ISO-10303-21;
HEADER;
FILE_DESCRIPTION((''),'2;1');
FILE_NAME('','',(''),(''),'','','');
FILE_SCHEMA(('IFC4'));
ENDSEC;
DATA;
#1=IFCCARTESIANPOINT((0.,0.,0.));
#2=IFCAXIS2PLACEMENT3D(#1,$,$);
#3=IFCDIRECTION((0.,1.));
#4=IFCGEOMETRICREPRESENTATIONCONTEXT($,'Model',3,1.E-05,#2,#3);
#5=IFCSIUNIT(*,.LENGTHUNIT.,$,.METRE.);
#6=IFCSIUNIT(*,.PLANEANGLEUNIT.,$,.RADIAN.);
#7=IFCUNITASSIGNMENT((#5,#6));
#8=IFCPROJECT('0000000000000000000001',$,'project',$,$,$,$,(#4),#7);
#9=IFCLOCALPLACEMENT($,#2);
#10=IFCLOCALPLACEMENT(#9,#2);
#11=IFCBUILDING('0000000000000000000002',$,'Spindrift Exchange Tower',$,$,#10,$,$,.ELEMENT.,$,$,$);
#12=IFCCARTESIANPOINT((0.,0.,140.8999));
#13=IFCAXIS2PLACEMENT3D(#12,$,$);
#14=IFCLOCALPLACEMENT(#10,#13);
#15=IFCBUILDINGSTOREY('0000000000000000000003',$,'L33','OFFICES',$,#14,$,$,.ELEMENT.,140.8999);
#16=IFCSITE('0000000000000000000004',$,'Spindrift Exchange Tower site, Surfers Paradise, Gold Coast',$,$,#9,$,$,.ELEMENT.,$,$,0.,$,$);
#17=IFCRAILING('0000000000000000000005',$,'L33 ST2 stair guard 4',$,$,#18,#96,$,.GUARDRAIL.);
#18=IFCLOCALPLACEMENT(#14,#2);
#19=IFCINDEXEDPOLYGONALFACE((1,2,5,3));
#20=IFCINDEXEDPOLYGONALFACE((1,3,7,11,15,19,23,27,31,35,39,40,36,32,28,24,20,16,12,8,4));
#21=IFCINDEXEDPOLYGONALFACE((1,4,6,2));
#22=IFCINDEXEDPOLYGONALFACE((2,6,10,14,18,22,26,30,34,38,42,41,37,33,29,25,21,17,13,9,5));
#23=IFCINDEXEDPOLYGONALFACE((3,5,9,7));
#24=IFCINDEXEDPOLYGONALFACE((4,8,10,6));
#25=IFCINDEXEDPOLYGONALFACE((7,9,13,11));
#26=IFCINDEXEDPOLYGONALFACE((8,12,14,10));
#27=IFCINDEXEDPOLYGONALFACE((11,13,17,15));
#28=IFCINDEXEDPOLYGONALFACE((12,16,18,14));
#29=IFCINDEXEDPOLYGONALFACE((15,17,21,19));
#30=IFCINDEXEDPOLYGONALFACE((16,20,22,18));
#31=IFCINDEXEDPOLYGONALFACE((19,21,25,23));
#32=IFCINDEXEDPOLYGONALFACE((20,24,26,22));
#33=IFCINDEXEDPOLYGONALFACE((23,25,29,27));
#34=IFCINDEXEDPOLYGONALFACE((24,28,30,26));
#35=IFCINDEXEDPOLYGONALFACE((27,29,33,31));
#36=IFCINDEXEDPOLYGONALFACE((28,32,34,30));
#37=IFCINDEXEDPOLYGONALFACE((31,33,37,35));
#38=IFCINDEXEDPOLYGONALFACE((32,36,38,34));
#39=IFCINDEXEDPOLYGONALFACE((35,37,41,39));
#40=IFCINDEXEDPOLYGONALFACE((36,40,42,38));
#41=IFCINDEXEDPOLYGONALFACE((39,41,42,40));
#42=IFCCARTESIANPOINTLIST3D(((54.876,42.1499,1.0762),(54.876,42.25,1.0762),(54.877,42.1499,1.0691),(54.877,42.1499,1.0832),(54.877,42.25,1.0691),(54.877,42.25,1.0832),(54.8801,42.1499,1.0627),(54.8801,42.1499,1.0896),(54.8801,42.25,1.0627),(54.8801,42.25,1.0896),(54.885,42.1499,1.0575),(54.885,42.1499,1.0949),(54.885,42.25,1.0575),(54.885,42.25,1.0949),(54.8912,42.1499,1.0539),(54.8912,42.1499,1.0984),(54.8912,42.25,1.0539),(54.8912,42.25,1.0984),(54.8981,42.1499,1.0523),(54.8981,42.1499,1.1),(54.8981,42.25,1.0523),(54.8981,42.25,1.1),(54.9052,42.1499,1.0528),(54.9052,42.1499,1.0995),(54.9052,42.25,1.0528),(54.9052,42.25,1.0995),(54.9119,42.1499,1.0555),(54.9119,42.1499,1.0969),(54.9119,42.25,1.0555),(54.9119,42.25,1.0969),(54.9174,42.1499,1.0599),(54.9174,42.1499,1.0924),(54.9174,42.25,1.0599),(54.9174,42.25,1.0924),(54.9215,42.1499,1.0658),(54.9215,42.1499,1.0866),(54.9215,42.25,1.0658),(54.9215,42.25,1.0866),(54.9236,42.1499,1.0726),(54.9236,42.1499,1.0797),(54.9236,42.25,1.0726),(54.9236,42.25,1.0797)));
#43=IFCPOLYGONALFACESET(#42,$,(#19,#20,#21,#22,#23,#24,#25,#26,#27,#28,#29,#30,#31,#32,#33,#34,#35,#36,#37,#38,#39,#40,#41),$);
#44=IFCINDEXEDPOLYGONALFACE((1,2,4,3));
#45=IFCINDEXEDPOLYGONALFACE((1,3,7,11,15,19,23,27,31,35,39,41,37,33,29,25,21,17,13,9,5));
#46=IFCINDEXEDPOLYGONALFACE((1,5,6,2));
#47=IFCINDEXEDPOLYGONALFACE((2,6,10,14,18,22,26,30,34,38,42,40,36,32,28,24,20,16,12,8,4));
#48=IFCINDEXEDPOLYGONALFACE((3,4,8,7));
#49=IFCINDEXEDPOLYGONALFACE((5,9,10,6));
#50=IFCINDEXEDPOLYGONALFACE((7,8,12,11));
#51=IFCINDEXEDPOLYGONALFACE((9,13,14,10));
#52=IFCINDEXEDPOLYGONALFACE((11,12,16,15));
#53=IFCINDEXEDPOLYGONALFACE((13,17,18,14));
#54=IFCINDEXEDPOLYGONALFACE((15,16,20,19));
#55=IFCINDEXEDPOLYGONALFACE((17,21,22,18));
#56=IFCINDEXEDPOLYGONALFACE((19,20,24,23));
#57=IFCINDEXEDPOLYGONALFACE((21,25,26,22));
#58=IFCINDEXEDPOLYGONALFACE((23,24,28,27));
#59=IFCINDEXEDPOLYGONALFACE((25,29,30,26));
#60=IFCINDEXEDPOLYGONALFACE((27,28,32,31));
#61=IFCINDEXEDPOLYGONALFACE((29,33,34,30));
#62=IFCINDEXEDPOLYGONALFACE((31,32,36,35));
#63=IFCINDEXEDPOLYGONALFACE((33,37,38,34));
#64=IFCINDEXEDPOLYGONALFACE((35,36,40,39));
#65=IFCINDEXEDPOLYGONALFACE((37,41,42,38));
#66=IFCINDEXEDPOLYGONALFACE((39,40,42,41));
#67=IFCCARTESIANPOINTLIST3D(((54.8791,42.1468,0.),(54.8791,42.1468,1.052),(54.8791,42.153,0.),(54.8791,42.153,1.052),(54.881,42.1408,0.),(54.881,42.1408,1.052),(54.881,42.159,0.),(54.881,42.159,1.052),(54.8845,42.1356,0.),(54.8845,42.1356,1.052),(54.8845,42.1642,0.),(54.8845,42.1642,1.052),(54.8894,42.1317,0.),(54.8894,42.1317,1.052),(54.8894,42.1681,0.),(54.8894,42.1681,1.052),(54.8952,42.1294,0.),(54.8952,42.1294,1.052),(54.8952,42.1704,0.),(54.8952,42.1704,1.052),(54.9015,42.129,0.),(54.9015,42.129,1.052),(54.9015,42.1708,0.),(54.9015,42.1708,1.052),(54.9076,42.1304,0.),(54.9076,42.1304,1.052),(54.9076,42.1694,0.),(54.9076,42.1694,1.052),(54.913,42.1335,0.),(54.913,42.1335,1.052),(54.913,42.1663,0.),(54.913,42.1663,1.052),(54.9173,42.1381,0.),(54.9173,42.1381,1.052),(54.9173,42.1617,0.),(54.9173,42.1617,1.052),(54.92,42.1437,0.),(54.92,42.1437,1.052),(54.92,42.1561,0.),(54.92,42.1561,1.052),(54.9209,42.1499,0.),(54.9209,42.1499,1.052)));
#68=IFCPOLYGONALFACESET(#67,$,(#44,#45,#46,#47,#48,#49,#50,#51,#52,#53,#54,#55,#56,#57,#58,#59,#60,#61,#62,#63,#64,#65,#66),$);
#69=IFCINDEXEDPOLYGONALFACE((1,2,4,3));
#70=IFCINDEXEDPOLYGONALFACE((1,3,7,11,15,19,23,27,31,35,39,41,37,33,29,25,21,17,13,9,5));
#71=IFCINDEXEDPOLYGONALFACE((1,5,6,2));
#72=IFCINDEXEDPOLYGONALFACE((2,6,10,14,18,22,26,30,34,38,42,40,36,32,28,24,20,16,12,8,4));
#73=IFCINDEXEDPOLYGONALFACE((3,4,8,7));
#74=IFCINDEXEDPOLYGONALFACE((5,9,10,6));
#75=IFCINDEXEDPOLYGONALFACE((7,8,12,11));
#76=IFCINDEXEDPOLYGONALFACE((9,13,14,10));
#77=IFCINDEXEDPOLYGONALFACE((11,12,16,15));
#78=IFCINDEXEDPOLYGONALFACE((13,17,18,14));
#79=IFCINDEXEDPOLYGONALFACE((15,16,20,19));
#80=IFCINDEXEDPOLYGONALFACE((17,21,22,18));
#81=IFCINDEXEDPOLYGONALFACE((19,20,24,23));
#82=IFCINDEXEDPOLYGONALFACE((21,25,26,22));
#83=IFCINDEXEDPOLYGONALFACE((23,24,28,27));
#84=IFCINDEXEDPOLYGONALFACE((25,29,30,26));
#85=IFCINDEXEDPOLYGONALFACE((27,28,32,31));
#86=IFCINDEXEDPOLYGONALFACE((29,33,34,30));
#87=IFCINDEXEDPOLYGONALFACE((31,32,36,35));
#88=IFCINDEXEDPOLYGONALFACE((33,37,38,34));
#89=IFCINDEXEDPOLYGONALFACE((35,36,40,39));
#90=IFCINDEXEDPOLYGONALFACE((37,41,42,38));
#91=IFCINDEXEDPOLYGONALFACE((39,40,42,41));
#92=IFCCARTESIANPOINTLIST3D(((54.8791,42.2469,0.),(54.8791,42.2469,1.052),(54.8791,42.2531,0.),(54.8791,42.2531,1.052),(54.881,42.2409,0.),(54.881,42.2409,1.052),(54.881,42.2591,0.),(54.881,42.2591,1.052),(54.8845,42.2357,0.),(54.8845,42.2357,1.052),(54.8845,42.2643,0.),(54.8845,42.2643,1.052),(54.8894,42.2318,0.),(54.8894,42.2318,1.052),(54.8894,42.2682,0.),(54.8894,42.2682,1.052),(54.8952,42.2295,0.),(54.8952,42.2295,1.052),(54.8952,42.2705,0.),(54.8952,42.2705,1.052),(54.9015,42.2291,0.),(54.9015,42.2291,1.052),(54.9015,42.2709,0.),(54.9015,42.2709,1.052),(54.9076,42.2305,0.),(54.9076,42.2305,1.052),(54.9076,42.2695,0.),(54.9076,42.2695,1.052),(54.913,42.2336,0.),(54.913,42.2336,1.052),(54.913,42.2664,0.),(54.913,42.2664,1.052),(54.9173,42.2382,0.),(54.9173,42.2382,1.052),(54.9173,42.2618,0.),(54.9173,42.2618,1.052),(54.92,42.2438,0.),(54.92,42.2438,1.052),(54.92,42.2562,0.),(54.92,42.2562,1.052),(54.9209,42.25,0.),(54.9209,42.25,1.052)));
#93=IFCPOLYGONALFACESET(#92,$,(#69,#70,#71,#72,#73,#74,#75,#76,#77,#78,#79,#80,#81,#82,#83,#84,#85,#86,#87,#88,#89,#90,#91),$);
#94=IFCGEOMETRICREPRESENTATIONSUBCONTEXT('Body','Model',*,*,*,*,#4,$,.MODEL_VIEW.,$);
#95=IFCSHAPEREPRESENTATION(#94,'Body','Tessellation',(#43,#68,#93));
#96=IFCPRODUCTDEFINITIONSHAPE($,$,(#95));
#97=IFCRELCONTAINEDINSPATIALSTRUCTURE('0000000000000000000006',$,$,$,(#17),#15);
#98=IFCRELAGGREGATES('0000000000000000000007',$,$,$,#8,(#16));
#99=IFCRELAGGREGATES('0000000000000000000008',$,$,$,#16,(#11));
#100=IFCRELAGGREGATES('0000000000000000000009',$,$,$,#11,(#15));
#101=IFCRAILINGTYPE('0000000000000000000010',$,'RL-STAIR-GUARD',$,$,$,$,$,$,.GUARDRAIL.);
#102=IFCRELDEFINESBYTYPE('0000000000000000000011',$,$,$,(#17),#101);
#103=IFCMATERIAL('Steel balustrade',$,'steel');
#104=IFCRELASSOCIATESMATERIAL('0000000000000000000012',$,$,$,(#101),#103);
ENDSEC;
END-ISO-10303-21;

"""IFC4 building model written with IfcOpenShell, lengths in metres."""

from ifc_helpers import new_model, si_unit, direction, frame, origin, origin_2d, place, context, subcontext, project, spatial, circle, extrude, material, type_object, element, save


model = new_model("IFC4")

# Units and contexts
model_context = context("Model", 3, precision=1e-05, world=origin(), true_north=direction((0.0, 1.0)))
body_context = subcontext(model_context, "Body", "Model", "MODEL_VIEW")
ifc_project = project(units=[si_unit("LENGTHUNIT", "METRE"), si_unit("PLANEANGLEUNIT", "RADIAN")], contexts=[model_context])

# Site, building, storey
site_placement = place(None, origin())
site = spatial("IfcSite", under=ifc_project, at=site_placement, Name="Spindrift Exchange Tower site, Surfers Paradise, Gold Coast", CompositionType="ELEMENT", RefElevation=0.0)
building_placement = place(site_placement, origin())
building = spatial("IfcBuilding", under=site, at=building_placement, Name="Spindrift Exchange Tower", CompositionType="ELEMENT")
storey_placement = place(building_placement, frame((0.0, 0.0, 140.8999)))
storey = spatial("IfcBuildingStorey", under=building, at=storey_placement, Name="L33", Description="OFFICES", CompositionType="ELEMENT", Elevation=140.8999)

# Railing
ifc_material_1 = material(Name="Steel balustrade", Category="steel")
railing_type_1 = type_object("IfcRailingType", Name="RL-STAIR-GUARD", PredefinedType="GUARDRAIL", material=ifc_material_1)
railing_1_placement = place(storey_placement, frame((54.8999, 42.1499, 0.0)))
element("IfcRailing", 1, at=railing_1_placement, inside=storey, type_object=railing_type_1, Name="L33 ST2 stair guard 4", PredefinedType="GUARDRAIL", context=body_context, shape_type="SweptSolid", body=[
    extrude(circle(Radius=0.0239, at=origin_2d()), frame((0.0, 0.0, 1.0762), z_axis=(0.0, 1.0, 0.0), x_axis=(-1.0, 0.0, 0.0)), (0.0, 0.0, 1.0), 0.1001),
    extrude(circle(Radius=0.021, at=origin_2d()), origin(), (0.0, 0.0, 1.0), 1.052),
    extrude(circle(Radius=0.021, at=origin_2d()), frame((0.0, 0.1001, 0.0)), (0.0, 0.0, 1.0), 1.052),
])

save(model, "model.ifc")
